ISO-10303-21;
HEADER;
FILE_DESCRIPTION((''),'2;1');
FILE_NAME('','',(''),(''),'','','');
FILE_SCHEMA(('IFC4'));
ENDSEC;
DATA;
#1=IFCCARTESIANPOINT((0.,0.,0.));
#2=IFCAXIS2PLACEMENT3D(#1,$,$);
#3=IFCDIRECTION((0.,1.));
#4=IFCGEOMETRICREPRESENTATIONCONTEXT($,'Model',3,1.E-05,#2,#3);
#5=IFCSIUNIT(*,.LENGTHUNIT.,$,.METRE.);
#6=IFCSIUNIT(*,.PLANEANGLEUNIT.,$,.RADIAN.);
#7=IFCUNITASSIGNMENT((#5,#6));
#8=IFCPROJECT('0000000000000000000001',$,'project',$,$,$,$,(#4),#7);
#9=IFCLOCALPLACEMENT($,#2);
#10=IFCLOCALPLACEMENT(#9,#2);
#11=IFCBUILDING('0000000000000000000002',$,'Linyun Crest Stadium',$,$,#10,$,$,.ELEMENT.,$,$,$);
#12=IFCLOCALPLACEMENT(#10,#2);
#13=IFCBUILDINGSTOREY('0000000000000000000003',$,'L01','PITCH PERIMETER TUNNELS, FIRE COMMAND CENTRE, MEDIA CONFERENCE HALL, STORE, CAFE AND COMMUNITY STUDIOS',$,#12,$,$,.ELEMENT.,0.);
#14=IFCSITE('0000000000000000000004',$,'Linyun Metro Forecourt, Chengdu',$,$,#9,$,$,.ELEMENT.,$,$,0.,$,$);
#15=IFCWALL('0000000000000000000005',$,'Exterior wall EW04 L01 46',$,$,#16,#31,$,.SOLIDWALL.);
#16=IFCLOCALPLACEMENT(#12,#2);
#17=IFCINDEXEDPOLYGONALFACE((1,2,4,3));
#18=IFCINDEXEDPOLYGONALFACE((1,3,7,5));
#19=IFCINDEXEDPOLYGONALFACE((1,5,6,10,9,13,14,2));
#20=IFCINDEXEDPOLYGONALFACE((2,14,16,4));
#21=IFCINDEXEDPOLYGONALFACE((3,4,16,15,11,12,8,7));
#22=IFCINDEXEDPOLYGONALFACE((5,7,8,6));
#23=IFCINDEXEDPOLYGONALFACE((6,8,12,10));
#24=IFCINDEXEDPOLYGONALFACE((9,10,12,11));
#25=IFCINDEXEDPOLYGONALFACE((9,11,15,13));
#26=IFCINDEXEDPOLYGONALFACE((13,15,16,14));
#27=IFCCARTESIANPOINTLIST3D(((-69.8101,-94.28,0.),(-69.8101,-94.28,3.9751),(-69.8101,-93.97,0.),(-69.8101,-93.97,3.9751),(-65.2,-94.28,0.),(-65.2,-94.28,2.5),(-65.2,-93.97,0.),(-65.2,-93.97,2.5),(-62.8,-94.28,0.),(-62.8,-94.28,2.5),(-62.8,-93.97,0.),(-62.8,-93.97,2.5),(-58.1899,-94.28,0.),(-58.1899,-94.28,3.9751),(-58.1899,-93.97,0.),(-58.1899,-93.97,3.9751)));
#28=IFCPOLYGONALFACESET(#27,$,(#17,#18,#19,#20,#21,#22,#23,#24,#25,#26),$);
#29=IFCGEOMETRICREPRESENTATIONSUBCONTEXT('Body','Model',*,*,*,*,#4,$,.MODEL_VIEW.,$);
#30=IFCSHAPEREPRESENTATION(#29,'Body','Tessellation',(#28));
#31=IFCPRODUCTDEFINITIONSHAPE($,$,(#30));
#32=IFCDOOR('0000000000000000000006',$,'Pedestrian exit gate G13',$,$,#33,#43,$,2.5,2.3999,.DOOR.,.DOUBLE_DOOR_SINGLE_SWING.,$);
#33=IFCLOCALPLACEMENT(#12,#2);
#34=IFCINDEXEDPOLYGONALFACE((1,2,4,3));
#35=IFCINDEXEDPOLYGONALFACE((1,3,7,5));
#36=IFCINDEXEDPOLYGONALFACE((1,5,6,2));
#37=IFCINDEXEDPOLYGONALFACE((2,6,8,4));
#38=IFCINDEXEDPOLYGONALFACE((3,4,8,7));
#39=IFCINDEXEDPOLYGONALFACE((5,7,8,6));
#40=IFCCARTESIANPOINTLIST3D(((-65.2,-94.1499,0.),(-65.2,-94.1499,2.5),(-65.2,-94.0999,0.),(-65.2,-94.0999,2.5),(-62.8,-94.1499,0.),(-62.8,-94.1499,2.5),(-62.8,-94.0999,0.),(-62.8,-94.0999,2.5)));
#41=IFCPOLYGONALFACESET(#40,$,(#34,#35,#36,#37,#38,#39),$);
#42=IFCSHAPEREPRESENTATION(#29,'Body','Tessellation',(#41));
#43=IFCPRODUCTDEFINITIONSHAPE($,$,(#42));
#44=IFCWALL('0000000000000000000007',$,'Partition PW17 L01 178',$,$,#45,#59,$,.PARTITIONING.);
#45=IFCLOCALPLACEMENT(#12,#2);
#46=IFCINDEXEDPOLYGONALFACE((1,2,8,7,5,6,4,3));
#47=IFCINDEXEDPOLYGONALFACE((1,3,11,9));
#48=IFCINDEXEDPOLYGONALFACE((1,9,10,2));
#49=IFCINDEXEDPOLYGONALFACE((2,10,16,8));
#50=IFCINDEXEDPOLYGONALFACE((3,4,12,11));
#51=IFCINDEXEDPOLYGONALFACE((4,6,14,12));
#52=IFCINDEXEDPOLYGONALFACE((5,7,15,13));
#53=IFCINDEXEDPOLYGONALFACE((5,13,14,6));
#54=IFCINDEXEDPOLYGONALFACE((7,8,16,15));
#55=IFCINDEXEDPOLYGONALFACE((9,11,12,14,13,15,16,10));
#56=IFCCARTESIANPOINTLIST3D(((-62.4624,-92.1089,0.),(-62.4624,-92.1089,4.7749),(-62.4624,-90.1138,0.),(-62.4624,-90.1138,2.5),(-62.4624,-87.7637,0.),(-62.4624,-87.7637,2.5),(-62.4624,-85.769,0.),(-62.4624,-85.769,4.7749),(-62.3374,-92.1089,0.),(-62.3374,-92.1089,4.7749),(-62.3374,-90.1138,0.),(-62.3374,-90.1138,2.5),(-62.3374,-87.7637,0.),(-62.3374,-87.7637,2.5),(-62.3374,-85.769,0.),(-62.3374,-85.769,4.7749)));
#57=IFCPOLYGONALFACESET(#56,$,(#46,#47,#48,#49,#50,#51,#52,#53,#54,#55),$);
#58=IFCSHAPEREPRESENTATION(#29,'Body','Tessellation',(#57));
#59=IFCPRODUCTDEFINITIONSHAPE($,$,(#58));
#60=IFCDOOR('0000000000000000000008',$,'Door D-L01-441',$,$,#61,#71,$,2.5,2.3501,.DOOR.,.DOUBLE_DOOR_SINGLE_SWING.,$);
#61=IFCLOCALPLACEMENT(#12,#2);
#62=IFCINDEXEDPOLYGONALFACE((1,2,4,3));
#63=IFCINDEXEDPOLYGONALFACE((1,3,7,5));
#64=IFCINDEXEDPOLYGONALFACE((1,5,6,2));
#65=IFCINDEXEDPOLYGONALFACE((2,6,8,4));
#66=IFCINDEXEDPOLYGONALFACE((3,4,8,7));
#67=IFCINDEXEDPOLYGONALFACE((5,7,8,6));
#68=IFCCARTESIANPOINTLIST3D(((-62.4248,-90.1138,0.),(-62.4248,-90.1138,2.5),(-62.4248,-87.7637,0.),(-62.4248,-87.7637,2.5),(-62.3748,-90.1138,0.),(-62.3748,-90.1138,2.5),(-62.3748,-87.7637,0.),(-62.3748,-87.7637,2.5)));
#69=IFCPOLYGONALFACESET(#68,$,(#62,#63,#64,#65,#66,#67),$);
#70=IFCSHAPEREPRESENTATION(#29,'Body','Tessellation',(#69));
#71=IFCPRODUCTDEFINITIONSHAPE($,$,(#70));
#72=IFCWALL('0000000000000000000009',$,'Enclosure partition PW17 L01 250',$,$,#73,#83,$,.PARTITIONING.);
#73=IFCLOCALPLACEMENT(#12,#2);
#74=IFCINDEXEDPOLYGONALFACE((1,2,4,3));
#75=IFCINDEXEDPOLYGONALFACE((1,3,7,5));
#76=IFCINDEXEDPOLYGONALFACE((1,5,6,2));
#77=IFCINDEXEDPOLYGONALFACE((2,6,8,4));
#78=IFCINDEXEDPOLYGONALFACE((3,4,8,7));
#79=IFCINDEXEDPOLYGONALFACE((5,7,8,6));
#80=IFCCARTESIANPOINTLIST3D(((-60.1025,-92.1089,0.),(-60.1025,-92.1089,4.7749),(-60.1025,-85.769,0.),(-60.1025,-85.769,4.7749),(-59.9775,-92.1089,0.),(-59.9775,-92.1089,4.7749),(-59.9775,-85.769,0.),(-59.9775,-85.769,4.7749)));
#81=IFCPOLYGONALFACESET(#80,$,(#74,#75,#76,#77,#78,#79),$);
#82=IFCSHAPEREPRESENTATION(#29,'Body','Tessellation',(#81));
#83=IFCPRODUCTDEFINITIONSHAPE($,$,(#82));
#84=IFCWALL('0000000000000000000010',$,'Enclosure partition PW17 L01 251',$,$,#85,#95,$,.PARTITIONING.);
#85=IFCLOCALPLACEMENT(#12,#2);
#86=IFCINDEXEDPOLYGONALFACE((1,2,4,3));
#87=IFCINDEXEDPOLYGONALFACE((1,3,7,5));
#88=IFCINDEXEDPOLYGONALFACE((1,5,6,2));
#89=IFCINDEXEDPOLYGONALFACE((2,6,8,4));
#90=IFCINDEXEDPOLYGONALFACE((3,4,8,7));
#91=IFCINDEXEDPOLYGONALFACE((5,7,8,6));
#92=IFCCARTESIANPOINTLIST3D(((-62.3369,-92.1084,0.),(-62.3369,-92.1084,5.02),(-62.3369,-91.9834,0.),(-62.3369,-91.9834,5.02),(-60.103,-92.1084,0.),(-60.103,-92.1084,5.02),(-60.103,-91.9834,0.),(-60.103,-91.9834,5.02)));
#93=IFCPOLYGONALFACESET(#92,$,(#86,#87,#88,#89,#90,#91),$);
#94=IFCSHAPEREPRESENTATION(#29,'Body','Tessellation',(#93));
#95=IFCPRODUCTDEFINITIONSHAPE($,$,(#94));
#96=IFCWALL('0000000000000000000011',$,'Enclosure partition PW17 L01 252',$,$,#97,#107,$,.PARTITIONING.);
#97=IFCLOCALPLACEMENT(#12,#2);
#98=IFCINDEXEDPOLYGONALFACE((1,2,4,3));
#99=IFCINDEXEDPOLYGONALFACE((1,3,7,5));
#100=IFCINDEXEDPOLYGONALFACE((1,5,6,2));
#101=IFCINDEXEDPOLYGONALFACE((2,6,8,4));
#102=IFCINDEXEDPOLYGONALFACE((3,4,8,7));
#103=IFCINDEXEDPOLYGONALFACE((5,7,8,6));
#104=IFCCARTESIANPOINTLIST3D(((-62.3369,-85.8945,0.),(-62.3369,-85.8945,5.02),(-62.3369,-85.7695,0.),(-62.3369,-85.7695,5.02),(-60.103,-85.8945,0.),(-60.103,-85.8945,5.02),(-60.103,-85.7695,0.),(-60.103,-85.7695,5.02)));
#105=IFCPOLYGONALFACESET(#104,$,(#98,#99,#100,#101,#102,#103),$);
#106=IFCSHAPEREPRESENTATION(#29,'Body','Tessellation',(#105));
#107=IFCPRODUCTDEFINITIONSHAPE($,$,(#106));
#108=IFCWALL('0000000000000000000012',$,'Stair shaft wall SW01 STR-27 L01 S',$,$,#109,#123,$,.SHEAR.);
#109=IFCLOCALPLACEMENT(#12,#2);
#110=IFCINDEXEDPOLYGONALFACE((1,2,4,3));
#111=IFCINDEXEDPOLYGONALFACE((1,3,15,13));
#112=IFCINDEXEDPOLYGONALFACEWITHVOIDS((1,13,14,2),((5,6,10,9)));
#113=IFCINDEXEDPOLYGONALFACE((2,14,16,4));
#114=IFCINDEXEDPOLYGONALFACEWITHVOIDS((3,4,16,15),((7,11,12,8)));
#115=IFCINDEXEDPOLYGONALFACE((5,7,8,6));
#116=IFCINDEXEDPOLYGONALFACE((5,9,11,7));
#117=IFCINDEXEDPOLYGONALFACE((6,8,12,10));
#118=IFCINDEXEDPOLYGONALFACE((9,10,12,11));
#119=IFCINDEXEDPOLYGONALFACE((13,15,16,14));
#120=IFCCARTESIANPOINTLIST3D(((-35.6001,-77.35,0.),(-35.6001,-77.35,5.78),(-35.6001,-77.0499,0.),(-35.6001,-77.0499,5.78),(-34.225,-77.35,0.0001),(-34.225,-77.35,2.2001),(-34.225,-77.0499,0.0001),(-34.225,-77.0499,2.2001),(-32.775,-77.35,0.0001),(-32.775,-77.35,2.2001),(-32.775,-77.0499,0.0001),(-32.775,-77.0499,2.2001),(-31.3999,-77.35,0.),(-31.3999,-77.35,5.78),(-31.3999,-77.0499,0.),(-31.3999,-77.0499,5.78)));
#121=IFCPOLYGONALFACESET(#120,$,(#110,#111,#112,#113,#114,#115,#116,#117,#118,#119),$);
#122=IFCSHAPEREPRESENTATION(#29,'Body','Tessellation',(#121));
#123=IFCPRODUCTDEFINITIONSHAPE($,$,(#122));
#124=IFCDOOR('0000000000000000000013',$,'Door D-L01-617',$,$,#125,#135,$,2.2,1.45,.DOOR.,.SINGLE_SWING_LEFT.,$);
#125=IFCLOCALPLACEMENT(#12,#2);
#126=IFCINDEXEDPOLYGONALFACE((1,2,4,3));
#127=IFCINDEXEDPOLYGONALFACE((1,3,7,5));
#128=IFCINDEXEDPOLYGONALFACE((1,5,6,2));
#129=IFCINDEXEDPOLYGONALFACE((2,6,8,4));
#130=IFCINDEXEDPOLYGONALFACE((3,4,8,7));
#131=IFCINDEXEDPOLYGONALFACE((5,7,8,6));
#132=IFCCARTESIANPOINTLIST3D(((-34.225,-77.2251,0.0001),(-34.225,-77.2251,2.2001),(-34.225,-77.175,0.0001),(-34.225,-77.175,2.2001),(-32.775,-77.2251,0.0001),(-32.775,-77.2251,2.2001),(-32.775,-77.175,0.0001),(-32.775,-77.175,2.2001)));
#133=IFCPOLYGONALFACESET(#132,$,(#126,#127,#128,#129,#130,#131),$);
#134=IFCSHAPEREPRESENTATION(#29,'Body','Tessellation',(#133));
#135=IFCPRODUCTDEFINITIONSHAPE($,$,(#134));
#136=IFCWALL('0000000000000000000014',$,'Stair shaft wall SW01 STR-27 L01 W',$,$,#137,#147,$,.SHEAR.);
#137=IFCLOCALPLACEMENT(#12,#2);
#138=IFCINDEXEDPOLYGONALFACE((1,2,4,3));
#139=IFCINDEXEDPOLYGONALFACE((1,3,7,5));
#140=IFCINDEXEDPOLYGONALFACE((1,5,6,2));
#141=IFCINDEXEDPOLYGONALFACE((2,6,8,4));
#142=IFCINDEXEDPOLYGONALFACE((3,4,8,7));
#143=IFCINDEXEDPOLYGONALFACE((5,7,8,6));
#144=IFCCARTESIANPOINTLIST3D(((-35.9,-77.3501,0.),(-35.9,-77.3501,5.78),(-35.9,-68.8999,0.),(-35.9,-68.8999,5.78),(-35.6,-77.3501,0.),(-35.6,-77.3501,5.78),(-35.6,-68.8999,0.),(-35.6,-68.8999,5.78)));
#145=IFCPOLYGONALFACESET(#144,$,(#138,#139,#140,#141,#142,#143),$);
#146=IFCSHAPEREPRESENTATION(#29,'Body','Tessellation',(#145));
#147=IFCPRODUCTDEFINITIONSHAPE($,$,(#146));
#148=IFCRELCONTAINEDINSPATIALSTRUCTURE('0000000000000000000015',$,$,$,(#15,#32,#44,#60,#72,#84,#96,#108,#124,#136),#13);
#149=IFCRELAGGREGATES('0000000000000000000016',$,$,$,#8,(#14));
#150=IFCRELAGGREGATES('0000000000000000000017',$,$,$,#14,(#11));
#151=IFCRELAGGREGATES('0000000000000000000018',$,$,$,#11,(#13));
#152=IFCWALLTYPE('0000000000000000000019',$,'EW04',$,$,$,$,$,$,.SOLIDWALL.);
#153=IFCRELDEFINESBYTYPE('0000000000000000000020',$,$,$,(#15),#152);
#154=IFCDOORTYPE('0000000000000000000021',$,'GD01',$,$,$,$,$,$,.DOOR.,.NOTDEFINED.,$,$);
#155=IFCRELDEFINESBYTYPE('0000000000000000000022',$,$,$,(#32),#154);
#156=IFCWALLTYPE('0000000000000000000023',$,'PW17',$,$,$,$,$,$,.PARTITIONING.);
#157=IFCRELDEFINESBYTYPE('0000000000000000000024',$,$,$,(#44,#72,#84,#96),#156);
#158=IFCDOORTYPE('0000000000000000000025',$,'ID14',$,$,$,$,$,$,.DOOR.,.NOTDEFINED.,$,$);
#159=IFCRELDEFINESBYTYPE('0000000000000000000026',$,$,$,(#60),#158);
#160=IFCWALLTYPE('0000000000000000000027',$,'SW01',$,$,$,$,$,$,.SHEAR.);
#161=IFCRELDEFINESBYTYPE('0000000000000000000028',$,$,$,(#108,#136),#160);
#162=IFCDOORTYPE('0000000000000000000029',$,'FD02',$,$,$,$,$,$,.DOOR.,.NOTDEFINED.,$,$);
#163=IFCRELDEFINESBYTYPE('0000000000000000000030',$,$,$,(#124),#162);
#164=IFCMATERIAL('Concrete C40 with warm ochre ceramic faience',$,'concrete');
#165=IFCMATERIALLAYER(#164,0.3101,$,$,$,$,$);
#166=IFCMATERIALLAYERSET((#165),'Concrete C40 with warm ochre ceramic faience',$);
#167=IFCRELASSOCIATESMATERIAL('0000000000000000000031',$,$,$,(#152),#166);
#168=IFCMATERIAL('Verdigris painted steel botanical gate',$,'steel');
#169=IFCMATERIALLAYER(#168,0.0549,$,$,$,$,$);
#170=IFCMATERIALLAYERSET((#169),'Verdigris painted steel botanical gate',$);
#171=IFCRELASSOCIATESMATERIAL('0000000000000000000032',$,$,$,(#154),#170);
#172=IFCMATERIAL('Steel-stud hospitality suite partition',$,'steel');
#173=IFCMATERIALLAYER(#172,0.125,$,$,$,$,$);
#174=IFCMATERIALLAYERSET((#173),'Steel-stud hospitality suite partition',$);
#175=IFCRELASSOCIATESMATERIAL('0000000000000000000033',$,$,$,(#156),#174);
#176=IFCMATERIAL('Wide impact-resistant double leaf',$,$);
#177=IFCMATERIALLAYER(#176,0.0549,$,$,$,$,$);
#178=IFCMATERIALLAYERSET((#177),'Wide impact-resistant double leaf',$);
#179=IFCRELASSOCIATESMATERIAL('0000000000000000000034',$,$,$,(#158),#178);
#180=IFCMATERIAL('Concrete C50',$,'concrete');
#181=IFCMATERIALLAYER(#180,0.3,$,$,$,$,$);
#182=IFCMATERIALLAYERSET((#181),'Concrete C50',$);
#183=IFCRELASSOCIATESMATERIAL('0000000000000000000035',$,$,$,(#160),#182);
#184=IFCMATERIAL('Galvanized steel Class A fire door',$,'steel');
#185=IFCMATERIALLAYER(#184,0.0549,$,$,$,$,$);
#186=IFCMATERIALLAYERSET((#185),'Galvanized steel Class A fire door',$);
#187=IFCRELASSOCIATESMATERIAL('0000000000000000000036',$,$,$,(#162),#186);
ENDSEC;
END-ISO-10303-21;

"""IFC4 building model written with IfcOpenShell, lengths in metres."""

from ifc_helpers import new_model, si_unit, direction, frame, frame_2d, origin, place, context, subcontext, project, spatial, rectangle, extrude, material, layer, layer_set, type_object, element, fill, save


model = new_model("IFC4")

# Units and contexts
model_context = context("Model", 3, precision=1e-05, world=origin(), true_north=direction((0.0, 1.0)))
body_context = subcontext(model_context, "Body", "Model", "MODEL_VIEW")
ifc_project = project(units=[si_unit("LENGTHUNIT", "METRE"), si_unit("PLANEANGLEUNIT", "RADIAN")], contexts=[model_context])

# Site, building, storey
site_placement = place(None, origin())
site = spatial("IfcSite", under=ifc_project, at=site_placement, Name="Linyun Metro Forecourt, Chengdu", CompositionType="ELEMENT", RefElevation=0.0)
building_placement = place(site_placement, origin())
building = spatial("IfcBuilding", under=site, at=building_placement, Name="Linyun Crest Stadium", CompositionType="ELEMENT")
storey_placement = place(building_placement, origin())
storey = spatial("IfcBuildingStorey", under=building, at=storey_placement, Name="L01", Description="PITCH PERIMETER TUNNELS, FIRE COMMAND CENTRE, MEDIA CONFERENCE HALL, STORE, CAFE AND COMMUNITY STUDIOS", CompositionType="ELEMENT", Elevation=0.0)

# Walls, openings, doors
ifc_material_1 = material(Name="Concrete C40 with warm ochre ceramic faience", Category="concrete")
ifc_layer_1 = layer(ifc_material_1, 0.3101)
ifc_layer_set_1 = layer_set([ifc_layer_1], Name="Concrete C40 with warm ochre ceramic faience")
wall_type_1 = type_object("IfcWallType", Name="EW04", PredefinedType="SOLIDWALL", material=ifc_layer_set_1)
wall_1_placement = place(storey_placement, frame((-58.1899, -94.125, 0.0), z_axis=(0.0, 0.0, 1.0), x_axis=(-1.0, 0.0, 0.0)))
wall_1 = element("IfcWall", 1, at=wall_1_placement, inside=storey, type_object=wall_type_1, Name="Exterior wall EW04 L01 46", PredefinedType="SOLIDWALL", context=body_context, shape_type="SweptSolid", body=[
    extrude(rectangle(XDim=11.6201, YDim=0.3101, at=frame_2d((5.8101, 0.0))), origin(), (0.0, 0.0, 1.0), 3.9751),
])
opening_1_placement = place(wall_1_placement, frame((4.6101, 0.0, 0.0)))
opening_1 = element("IfcOpeningElement", 2, at=opening_1_placement, cuts=wall_1, PredefinedType="OPENING", context=body_context, shape_type="SweptSolid", body=[
    extrude(rectangle(XDim=2.3999, YDim=2.5, at=frame_2d((1.2, 1.25))), frame((0.0, 0.165, 0.0), z_axis=(0.0, -1.0, 0.0), x_axis=(1.0, 0.0, 0.0)), (0.0, 0.0, 1.0), 0.3301),
])
ifc_material_2 = material(Name="Verdigris painted steel botanical gate", Category="steel")
ifc_layer_2 = layer(ifc_material_2, 0.0549)
ifc_layer_set_2 = layer_set([ifc_layer_2], Name="Verdigris painted steel botanical gate")
door_type_1 = type_object("IfcDoorType", Name="GD01", OperationType="NOTDEFINED", PredefinedType="DOOR", material=ifc_layer_set_2)
door_1_placement = place(opening_1_placement, origin())
door_1 = element("IfcDoor", 3, at=door_1_placement, inside=storey, type_object=door_type_1, Name="Pedestrian exit gate G13", OperationType="DOUBLE_DOOR_SINGLE_SWING", OverallHeight=2.5, OverallWidth=2.3999, PredefinedType="DOOR", context=body_context, shape_type="SweptSolid", body=[
    extrude(rectangle(XDim=2.3999, YDim=2.5, at=frame_2d((1.2, 1.25))), frame((0.0, 0.0249, 0.0), z_axis=(0.0, -1.0, 0.0), x_axis=(1.0, 0.0, 0.0)), (0.0, 0.0, 1.0), 0.05),
])
fill(opening_1, door_1)
ifc_material_3 = material(Name="Steel-stud hospitality suite partition", Category="steel")
ifc_layer_3 = layer(ifc_material_3, 0.125)
ifc_layer_set_3 = layer_set([ifc_layer_3], Name="Steel-stud hospitality suite partition")
wall_type_2 = type_object("IfcWallType", Name="PW17", PredefinedType="PARTITIONING", material=ifc_layer_set_3)
wall_2_placement = place(storey_placement, frame((-62.3999, -92.1089, 0.0), z_axis=(0.0, 0.0, 1.0), x_axis=(0.0, 1.0, 0.0)))
wall_2 = element("IfcWall", 4, at=wall_2_placement, inside=storey, type_object=wall_type_2, Name="Partition PW17 L01 178", PredefinedType="PARTITIONING", context=body_context, shape_type="SweptSolid", body=[
    extrude(rectangle(XDim=6.3398, YDim=0.125, at=frame_2d((3.1699, 0.0))), origin(), (0.0, 0.0, 1.0), 4.7749),
])
opening_2_placement = place(wall_2_placement, frame((1.9951, 0.0, 0.0)))
opening_2 = element("IfcOpeningElement", 5, at=opening_2_placement, cuts=wall_2, PredefinedType="OPENING", context=body_context, shape_type="SweptSolid", body=[
    extrude(rectangle(XDim=2.3501, YDim=2.5, at=frame_2d((1.175, 1.25))), frame((0.0, 0.0725, 0.0), z_axis=(0.0, -1.0, 0.0), x_axis=(1.0, 0.0, 0.0)), (0.0, 0.0, 1.0), 0.145),
])
ifc_material_4 = material(Name="Wide impact-resistant double leaf")
ifc_layer_4 = layer(ifc_material_4, 0.0549)
ifc_layer_set_4 = layer_set([ifc_layer_4], Name="Wide impact-resistant double leaf")
door_type_2 = type_object("IfcDoorType", Name="ID14", OperationType="NOTDEFINED", PredefinedType="DOOR", material=ifc_layer_set_4)
door_2_placement = place(opening_2_placement, origin())
door_2 = element("IfcDoor", 6, at=door_2_placement, inside=storey, type_object=door_type_2, Name="Door D-L01-441", OperationType="DOUBLE_DOOR_SINGLE_SWING", OverallHeight=2.5, OverallWidth=2.3501, PredefinedType="DOOR", context=body_context, shape_type="SweptSolid", body=[
    extrude(rectangle(XDim=2.3501, YDim=2.5, at=frame_2d((1.175, 1.25))), frame((0.0, 0.0249, 0.0), z_axis=(0.0, -1.0, 0.0), x_axis=(1.0, 0.0, 0.0)), (0.0, 0.0, 1.0), 0.05),
])
fill(opening_2, door_2)

# Walls
wall_3_placement = place(storey_placement, frame((-60.04, -92.1089, 0.0), z_axis=(0.0, 0.0, 1.0), x_axis=(0.0, 1.0, 0.0)))
element("IfcWall", 7, at=wall_3_placement, inside=storey, type_object=wall_type_2, Name="Enclosure partition PW17 L01 250", PredefinedType="PARTITIONING", context=body_context, shape_type="SweptSolid", body=[
    extrude(rectangle(XDim=6.3398, YDim=0.125, at=frame_2d((3.1699, 0.0))), origin(), (0.0, 0.0, 1.0), 4.7749),
])
for number, where, z_axis, x_axis, name in (
    (8, (-62.3369, -92.0459, 0.0), (0.0, 0.0, 1.0), (1.0, 0.0, 0.0), "Enclosure partition PW17 L01 251"),
    (9, (-62.3369, -85.832, 0.0), (0.0, 0.0, 1.0), (1.0, 0.0, 0.0), "Enclosure partition PW17 L01 252"),
):
    element("IfcWall", number, at=place(storey_placement, frame(where, z_axis=z_axis, x_axis=x_axis)), inside=storey, type_object=wall_type_2, Name=name, PredefinedType="PARTITIONING", context=body_context, shape_type="SweptSolid", body=[
        extrude(rectangle(XDim=2.2339, YDim=0.125, at=frame_2d((1.1169, 0.0))), origin(), (0.0, 0.0, 1.0), 5.02),
    ])

# Wall, opening, door
ifc_material_5 = material(Name="Concrete C50", Category="concrete")
ifc_layer_5 = layer(ifc_material_5, 0.3)
ifc_layer_set_5 = layer_set([ifc_layer_5], Name="Concrete C50")
wall_type_3 = type_object("IfcWallType", Name="SW01", PredefinedType="SHEAR", material=ifc_layer_set_5)
wall_4_placement = place(storey_placement, frame((-35.6001, -77.2, 0.0), z_axis=(0.0, 0.0, 1.0), x_axis=(1.0, 0.0, 0.0)))
wall_4 = element("IfcWall", 10, at=wall_4_placement, inside=storey, type_object=wall_type_3, Name="Stair shaft wall SW01 STR-27 L01 S", PredefinedType="SHEAR", context=body_context, shape_type="SweptSolid", body=[
    extrude(rectangle(XDim=4.2002, YDim=0.3, at=frame_2d((2.1001, 0.0))), origin(), (0.0, 0.0, 1.0), 5.78),
])
opening_3_placement = place(wall_4_placement, frame((1.375, 0.0, 0.0)))
opening_3 = element("IfcOpeningElement", 11, at=opening_3_placement, cuts=wall_4, PredefinedType="OPENING", context=body_context, shape_type="SweptSolid", body=[
    extrude(rectangle(XDim=1.45, YDim=2.2, at=frame_2d((0.7251, 1.1001))), frame((0.0, 0.1599, 0.0), z_axis=(0.0, -1.0, 0.0), x_axis=(1.0, 0.0, 0.0)), (0.0, 0.0, 1.0), 0.3201),
])
ifc_material_6 = material(Name="Galvanized steel Class A fire door", Category="steel")
ifc_layer_6 = layer(ifc_material_6, 0.0549)
ifc_layer_set_6 = layer_set([ifc_layer_6], Name="Galvanized steel Class A fire door")
door_type_3 = type_object("IfcDoorType", Name="FD02", OperationType="NOTDEFINED", PredefinedType="DOOR", material=ifc_layer_set_6)
door_3_placement = place(opening_3_placement, origin())
door_3 = element("IfcDoor", 12, at=door_3_placement, inside=storey, type_object=door_type_3, Name="Door D-L01-617", OperationType="SINGLE_SWING_LEFT", OverallHeight=2.2, OverallWidth=1.45, PredefinedType="DOOR", context=body_context, shape_type="SweptSolid", body=[
    extrude(rectangle(XDim=1.45, YDim=2.2, at=frame_2d((0.7251, 1.1001))), frame((0.0, 0.0249, 0.0), z_axis=(0.0, -1.0, 0.0), x_axis=(1.0, 0.0, 0.0)), (0.0, 0.0, 1.0), 0.05),
])
fill(opening_3, door_3)

# Wall
wall_5_placement = place(storey_placement, frame((-35.75, -77.3501, 0.0), z_axis=(0.0, 0.0, 1.0), x_axis=(0.0, 1.0, 0.0)))
element("IfcWall", 13, at=wall_5_placement, inside=storey, type_object=wall_type_3, Name="Stair shaft wall SW01 STR-27 L01 W", PredefinedType="SHEAR", context=body_context, shape_type="SweptSolid", body=[
    extrude(rectangle(XDim=8.4502, YDim=0.3, at=frame_2d((4.2251, 0.0))), origin(), (0.0, 0.0, 1.0), 5.78),
])

save(model, "model.ifc")
